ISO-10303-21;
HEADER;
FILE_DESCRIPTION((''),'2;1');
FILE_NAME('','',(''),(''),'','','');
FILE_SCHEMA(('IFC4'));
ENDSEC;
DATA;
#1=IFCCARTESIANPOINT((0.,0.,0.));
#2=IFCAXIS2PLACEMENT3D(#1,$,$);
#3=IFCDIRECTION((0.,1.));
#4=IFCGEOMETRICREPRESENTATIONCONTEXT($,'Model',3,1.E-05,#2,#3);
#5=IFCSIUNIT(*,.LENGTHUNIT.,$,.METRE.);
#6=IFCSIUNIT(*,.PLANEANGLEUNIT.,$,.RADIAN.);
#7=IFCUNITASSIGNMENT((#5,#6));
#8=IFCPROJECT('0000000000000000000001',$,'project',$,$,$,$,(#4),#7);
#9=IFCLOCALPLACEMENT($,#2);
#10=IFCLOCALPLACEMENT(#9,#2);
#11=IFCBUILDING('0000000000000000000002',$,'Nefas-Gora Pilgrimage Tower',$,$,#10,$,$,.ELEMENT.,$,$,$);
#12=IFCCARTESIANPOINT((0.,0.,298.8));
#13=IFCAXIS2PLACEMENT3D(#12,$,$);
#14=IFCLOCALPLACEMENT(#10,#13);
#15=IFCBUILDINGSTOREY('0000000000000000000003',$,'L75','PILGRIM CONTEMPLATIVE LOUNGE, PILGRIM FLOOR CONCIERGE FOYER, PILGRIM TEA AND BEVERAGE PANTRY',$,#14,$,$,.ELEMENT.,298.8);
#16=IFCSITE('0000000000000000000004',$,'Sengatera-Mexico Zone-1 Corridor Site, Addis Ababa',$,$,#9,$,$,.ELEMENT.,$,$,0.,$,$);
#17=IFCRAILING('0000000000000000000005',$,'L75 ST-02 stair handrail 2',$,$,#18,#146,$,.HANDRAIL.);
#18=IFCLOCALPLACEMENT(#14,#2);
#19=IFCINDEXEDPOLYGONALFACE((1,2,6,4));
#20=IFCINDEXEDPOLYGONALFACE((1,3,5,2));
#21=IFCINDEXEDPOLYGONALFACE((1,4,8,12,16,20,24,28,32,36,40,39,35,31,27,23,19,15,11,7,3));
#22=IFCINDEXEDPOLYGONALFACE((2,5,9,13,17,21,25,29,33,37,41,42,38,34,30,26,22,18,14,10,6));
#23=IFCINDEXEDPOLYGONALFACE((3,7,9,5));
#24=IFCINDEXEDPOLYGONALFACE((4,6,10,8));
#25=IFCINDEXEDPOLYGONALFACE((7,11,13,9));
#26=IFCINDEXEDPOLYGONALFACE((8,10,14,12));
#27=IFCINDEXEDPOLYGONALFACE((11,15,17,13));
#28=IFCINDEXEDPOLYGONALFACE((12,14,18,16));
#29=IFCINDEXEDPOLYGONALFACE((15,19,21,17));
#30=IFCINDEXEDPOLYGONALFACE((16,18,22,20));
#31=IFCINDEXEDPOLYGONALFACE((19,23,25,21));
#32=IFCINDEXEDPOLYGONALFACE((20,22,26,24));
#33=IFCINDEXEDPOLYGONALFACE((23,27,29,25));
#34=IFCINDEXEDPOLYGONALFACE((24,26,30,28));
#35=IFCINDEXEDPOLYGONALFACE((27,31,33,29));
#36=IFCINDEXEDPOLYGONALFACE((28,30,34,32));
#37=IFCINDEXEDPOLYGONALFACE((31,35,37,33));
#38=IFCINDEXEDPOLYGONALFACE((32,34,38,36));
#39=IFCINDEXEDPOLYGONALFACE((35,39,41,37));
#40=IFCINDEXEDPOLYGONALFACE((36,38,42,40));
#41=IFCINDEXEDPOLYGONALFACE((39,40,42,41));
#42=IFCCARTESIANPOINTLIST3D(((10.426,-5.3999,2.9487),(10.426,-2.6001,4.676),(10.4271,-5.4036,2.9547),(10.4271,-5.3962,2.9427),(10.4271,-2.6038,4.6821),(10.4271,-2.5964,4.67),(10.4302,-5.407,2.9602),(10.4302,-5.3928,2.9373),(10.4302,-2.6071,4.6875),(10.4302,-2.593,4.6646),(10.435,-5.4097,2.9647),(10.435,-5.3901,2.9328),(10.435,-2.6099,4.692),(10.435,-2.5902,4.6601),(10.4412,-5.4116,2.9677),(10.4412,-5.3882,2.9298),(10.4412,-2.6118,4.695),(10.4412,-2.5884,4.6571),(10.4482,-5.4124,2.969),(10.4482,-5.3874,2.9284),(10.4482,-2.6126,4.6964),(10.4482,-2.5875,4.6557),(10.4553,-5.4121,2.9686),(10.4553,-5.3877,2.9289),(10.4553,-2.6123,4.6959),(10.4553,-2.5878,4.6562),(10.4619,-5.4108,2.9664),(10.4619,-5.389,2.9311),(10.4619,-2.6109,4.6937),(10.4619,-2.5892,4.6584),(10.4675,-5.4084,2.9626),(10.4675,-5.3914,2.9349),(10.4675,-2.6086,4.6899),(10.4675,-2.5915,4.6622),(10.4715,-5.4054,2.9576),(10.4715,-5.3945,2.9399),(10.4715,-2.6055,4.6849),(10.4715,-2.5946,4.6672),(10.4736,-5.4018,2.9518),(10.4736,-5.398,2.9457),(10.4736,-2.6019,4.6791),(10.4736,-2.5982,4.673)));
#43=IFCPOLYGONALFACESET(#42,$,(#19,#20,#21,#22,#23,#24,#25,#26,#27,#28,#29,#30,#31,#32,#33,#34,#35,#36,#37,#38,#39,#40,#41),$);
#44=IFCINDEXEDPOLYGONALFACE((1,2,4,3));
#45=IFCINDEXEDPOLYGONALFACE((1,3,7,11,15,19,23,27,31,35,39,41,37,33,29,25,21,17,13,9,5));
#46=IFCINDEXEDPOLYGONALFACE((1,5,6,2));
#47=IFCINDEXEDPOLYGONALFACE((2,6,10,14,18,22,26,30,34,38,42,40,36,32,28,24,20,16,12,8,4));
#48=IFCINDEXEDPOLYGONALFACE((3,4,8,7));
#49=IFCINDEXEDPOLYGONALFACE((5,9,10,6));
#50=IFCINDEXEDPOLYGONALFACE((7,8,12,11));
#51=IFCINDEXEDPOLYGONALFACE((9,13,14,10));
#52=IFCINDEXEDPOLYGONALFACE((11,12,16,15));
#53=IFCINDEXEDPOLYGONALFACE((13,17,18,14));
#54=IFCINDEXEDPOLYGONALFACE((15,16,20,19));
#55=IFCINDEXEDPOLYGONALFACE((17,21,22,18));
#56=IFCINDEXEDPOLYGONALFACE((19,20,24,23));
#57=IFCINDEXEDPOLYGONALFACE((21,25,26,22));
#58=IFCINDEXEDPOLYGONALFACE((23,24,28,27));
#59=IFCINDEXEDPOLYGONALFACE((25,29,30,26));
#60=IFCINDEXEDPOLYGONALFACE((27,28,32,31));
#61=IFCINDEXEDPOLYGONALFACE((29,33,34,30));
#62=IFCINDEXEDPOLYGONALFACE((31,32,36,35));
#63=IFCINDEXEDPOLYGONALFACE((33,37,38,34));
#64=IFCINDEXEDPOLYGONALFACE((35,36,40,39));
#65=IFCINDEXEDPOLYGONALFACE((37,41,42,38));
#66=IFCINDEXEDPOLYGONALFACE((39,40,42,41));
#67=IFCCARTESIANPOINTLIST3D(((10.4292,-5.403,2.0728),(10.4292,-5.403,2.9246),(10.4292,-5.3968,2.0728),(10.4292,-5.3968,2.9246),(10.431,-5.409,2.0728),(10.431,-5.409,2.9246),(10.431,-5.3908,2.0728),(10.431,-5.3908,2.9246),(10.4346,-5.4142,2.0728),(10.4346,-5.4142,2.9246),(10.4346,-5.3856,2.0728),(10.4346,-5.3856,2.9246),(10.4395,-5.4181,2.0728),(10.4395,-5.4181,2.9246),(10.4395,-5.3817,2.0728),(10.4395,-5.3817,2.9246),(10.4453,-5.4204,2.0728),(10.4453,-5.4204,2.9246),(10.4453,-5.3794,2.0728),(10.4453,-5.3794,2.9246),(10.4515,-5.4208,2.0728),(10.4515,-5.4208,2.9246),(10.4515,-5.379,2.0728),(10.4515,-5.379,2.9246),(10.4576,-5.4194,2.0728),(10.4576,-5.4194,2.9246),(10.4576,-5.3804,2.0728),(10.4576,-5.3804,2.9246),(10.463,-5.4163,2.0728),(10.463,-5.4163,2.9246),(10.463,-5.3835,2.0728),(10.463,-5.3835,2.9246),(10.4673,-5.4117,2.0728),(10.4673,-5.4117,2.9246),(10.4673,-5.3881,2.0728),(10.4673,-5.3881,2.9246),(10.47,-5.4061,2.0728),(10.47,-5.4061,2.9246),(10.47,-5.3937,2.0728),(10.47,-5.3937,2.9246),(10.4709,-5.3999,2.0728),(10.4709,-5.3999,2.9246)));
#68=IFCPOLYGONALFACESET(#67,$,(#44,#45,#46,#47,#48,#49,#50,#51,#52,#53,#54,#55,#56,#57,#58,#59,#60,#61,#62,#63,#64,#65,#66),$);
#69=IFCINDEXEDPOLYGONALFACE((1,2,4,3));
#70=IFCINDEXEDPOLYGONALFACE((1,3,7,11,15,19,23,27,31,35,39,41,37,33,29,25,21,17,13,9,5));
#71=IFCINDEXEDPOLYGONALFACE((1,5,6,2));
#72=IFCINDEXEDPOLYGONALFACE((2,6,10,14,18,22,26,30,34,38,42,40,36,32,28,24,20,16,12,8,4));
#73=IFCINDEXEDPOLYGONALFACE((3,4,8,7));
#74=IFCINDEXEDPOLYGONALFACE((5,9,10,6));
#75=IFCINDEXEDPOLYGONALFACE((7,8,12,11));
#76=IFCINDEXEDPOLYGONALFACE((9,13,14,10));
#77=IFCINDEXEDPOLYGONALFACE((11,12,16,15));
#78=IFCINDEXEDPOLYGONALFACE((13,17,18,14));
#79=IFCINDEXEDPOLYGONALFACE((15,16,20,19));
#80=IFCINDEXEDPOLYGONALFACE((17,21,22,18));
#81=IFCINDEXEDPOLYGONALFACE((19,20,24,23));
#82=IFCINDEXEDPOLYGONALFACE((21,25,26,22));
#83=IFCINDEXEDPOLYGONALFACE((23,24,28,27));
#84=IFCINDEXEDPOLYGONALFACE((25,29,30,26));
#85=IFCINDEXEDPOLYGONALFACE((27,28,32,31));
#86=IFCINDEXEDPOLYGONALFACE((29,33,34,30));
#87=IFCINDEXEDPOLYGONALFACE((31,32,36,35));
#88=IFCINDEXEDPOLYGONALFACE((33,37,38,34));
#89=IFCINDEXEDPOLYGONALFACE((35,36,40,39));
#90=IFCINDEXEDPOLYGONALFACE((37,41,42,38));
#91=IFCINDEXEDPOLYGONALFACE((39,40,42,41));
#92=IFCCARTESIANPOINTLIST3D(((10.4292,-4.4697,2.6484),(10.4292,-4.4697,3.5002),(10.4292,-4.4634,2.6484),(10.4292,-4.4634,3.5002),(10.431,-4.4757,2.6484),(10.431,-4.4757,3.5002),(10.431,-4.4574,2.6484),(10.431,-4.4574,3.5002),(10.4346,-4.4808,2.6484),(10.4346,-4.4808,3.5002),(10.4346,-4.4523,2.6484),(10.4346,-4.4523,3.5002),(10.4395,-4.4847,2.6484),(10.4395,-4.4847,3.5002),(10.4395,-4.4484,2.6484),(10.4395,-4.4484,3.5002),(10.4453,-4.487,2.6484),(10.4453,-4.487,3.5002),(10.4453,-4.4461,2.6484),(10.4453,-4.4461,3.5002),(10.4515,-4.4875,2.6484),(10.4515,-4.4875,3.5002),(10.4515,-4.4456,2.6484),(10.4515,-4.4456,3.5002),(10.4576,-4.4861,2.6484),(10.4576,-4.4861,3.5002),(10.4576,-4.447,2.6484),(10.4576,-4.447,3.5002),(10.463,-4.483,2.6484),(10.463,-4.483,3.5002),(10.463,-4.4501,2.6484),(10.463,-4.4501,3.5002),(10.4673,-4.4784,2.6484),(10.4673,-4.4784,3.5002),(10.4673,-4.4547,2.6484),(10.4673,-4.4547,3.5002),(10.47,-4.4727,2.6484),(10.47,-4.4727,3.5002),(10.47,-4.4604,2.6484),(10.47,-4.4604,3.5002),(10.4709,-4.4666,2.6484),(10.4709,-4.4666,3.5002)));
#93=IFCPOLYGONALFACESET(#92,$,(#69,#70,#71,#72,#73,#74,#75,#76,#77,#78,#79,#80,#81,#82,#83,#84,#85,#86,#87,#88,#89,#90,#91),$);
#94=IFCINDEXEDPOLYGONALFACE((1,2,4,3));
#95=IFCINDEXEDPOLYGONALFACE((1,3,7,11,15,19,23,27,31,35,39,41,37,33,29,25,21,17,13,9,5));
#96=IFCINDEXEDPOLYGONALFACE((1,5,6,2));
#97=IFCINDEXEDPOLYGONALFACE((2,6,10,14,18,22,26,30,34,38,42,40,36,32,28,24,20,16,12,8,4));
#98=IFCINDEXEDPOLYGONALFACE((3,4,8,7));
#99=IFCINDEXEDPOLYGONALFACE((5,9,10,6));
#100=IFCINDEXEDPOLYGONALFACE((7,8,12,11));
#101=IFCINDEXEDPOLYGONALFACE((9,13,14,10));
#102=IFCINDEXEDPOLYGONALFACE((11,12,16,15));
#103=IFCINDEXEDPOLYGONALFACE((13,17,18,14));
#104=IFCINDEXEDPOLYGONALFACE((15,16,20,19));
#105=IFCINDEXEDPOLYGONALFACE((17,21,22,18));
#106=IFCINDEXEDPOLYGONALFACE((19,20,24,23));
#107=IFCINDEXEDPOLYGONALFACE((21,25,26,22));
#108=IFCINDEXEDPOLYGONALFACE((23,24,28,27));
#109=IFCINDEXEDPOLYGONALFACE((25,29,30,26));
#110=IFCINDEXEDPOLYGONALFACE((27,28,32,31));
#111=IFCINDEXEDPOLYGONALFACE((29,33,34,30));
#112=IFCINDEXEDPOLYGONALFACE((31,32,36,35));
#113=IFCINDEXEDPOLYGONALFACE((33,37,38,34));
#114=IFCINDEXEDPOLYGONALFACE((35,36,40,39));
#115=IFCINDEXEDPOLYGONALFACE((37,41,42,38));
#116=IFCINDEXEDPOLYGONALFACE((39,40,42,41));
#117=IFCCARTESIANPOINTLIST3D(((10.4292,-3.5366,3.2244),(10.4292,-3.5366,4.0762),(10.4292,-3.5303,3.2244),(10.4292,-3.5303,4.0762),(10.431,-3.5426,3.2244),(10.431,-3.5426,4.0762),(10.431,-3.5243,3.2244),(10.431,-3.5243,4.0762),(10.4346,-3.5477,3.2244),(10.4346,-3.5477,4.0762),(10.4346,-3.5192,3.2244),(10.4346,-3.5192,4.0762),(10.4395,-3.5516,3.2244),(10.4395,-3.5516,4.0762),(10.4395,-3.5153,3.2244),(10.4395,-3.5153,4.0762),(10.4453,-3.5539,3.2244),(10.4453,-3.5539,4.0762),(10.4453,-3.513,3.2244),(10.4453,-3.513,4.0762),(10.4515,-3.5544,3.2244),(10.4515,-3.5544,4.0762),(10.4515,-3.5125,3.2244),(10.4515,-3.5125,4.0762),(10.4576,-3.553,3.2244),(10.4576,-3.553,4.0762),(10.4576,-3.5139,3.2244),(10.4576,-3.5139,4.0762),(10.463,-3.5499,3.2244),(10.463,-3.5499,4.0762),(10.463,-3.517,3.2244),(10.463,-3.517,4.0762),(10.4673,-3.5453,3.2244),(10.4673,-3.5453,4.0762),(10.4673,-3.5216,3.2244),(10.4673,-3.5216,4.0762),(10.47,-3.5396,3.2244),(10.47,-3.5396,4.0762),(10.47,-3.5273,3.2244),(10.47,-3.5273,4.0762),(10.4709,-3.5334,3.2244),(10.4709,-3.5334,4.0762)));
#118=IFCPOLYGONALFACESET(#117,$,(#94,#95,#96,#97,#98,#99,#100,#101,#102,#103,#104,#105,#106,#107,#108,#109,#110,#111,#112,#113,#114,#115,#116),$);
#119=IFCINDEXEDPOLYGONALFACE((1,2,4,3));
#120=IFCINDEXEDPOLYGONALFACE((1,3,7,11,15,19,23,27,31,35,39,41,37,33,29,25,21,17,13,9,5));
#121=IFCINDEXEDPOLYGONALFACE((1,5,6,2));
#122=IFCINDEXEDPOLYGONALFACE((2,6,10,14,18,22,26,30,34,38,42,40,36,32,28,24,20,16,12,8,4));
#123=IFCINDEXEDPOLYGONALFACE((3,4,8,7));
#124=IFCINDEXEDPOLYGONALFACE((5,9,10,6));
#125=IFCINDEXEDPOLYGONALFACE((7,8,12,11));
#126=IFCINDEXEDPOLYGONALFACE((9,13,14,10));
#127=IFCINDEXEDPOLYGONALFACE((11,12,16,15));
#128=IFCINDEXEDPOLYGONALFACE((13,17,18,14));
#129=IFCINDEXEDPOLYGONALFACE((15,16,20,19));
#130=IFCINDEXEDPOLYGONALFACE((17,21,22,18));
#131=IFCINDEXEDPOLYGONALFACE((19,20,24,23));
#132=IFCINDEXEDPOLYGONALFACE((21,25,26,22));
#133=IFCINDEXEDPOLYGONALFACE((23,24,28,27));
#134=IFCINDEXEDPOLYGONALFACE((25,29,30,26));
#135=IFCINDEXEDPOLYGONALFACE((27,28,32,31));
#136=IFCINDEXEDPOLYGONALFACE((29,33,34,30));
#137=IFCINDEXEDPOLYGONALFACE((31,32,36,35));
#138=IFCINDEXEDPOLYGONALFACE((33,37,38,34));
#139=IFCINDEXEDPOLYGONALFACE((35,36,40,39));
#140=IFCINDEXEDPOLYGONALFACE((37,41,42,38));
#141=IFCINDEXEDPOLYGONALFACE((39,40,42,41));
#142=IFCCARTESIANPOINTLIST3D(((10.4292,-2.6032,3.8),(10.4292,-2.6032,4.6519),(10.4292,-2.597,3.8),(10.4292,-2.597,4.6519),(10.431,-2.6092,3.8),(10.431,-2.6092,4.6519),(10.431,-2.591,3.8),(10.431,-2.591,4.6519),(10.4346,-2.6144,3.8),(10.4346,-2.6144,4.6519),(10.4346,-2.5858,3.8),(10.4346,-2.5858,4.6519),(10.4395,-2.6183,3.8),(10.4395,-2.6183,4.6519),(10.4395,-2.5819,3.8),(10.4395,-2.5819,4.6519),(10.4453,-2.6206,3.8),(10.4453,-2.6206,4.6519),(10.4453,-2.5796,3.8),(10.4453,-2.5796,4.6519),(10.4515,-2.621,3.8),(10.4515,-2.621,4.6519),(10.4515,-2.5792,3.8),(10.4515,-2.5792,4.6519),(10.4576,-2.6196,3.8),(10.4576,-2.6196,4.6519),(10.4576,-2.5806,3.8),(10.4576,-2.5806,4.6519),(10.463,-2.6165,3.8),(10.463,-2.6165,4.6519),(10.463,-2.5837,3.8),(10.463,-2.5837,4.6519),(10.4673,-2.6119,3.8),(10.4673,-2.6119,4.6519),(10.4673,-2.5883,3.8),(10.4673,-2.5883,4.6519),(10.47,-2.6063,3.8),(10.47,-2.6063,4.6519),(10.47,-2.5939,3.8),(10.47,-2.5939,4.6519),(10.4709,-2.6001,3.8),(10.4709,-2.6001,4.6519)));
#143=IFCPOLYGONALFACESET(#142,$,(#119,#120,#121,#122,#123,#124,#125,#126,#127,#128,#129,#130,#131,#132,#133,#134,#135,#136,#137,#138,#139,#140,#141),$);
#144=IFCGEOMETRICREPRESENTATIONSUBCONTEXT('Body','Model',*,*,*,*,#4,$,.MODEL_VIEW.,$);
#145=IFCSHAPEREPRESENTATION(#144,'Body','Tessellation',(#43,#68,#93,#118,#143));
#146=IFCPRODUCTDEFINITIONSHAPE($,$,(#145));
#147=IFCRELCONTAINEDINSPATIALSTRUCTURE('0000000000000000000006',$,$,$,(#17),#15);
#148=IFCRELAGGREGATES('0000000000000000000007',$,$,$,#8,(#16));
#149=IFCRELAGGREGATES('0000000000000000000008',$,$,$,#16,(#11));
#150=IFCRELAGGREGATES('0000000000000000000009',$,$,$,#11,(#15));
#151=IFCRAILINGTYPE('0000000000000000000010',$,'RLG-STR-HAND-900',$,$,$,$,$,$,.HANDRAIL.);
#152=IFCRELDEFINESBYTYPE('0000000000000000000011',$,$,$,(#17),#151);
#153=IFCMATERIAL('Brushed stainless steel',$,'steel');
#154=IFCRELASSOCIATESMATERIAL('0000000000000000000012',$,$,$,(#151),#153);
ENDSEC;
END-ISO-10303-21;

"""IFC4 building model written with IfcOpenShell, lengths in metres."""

from ifc_helpers import new_model, si_unit, direction, frame, origin, origin_2d, place, context, subcontext, project, spatial, circle, extrude, material, type_object, element, save


model = new_model("IFC4")

# Units and contexts
model_context = context("Model", 3, precision=1e-05, world=origin(), true_north=direction((0.0, 1.0)))
body_context = subcontext(model_context, "Body", "Model", "MODEL_VIEW")
ifc_project = project(units=[si_unit("LENGTHUNIT", "METRE"), si_unit("PLANEANGLEUNIT", "RADIAN")], contexts=[model_context])

# Site, building, storey
site_placement = place(None, origin())
site = spatial("IfcSite", under=ifc_project, at=site_placement, Name="Sengatera-Mexico Zone-1 Corridor Site, Addis Ababa", CompositionType="ELEMENT", RefElevation=0.0)
building_placement = place(site_placement, origin())
building = spatial("IfcBuilding", under=site, at=building_placement, Name="Nefas-Gora Pilgrimage Tower", CompositionType="ELEMENT")
storey_placement = place(building_placement, frame((0.0, 0.0, 298.8)))
storey = spatial("IfcBuildingStorey", under=building, at=storey_placement, Name="L75", Description="PILGRIM CONTEMPLATIVE LOUNGE, PILGRIM FLOOR CONCIERGE FOYER, PILGRIM TEA AND BEVERAGE PANTRY", CompositionType="ELEMENT", Elevation=298.8)

# Railing
ifc_material_1 = material(Name="Brushed stainless steel", Category="steel")
railing_type_1 = type_object("IfcRailingType", Name="RLG-STR-HAND-900", PredefinedType="HANDRAIL", material=ifc_material_1)
railing_1_placement = place(storey_placement, frame((10.45, -5.3999, 2.0728)))
element("IfcRailing", 1, at=railing_1_placement, inside=storey, type_object=railing_type_1, Name="L75 ST-02 stair handrail 2", PredefinedType="HANDRAIL", context=body_context, shape_type="SweptSolid", body=[
    extrude(circle(Radius=0.0239, at=origin_2d()), frame((0.0, 0.0, 0.876), z_axis=(0.0, 0.851069, 0.525054), x_axis=(-1.0, 0.0, 0.0)), (0.0, 0.0, 1.0), 3.2898),
    extrude(circle(Radius=0.021, at=origin_2d()), origin(), (0.0, 0.0, 1.0), 0.8518),
    extrude(circle(Radius=0.021, at=origin_2d()), frame((0.0, 0.9333, 0.5757)), (0.0, 0.0, 1.0), 0.8518),
    extrude(circle(Radius=0.021, at=origin_2d()), frame((0.0, 1.8665, 1.1516)), (0.0, 0.0, 1.0), 0.8518),
    extrude(circle(Radius=0.021, at=origin_2d()), frame((0.0, 2.7998, 1.7273)), (0.0, 0.0, 1.0), 0.8518),
])

save(model, "model.ifc")
